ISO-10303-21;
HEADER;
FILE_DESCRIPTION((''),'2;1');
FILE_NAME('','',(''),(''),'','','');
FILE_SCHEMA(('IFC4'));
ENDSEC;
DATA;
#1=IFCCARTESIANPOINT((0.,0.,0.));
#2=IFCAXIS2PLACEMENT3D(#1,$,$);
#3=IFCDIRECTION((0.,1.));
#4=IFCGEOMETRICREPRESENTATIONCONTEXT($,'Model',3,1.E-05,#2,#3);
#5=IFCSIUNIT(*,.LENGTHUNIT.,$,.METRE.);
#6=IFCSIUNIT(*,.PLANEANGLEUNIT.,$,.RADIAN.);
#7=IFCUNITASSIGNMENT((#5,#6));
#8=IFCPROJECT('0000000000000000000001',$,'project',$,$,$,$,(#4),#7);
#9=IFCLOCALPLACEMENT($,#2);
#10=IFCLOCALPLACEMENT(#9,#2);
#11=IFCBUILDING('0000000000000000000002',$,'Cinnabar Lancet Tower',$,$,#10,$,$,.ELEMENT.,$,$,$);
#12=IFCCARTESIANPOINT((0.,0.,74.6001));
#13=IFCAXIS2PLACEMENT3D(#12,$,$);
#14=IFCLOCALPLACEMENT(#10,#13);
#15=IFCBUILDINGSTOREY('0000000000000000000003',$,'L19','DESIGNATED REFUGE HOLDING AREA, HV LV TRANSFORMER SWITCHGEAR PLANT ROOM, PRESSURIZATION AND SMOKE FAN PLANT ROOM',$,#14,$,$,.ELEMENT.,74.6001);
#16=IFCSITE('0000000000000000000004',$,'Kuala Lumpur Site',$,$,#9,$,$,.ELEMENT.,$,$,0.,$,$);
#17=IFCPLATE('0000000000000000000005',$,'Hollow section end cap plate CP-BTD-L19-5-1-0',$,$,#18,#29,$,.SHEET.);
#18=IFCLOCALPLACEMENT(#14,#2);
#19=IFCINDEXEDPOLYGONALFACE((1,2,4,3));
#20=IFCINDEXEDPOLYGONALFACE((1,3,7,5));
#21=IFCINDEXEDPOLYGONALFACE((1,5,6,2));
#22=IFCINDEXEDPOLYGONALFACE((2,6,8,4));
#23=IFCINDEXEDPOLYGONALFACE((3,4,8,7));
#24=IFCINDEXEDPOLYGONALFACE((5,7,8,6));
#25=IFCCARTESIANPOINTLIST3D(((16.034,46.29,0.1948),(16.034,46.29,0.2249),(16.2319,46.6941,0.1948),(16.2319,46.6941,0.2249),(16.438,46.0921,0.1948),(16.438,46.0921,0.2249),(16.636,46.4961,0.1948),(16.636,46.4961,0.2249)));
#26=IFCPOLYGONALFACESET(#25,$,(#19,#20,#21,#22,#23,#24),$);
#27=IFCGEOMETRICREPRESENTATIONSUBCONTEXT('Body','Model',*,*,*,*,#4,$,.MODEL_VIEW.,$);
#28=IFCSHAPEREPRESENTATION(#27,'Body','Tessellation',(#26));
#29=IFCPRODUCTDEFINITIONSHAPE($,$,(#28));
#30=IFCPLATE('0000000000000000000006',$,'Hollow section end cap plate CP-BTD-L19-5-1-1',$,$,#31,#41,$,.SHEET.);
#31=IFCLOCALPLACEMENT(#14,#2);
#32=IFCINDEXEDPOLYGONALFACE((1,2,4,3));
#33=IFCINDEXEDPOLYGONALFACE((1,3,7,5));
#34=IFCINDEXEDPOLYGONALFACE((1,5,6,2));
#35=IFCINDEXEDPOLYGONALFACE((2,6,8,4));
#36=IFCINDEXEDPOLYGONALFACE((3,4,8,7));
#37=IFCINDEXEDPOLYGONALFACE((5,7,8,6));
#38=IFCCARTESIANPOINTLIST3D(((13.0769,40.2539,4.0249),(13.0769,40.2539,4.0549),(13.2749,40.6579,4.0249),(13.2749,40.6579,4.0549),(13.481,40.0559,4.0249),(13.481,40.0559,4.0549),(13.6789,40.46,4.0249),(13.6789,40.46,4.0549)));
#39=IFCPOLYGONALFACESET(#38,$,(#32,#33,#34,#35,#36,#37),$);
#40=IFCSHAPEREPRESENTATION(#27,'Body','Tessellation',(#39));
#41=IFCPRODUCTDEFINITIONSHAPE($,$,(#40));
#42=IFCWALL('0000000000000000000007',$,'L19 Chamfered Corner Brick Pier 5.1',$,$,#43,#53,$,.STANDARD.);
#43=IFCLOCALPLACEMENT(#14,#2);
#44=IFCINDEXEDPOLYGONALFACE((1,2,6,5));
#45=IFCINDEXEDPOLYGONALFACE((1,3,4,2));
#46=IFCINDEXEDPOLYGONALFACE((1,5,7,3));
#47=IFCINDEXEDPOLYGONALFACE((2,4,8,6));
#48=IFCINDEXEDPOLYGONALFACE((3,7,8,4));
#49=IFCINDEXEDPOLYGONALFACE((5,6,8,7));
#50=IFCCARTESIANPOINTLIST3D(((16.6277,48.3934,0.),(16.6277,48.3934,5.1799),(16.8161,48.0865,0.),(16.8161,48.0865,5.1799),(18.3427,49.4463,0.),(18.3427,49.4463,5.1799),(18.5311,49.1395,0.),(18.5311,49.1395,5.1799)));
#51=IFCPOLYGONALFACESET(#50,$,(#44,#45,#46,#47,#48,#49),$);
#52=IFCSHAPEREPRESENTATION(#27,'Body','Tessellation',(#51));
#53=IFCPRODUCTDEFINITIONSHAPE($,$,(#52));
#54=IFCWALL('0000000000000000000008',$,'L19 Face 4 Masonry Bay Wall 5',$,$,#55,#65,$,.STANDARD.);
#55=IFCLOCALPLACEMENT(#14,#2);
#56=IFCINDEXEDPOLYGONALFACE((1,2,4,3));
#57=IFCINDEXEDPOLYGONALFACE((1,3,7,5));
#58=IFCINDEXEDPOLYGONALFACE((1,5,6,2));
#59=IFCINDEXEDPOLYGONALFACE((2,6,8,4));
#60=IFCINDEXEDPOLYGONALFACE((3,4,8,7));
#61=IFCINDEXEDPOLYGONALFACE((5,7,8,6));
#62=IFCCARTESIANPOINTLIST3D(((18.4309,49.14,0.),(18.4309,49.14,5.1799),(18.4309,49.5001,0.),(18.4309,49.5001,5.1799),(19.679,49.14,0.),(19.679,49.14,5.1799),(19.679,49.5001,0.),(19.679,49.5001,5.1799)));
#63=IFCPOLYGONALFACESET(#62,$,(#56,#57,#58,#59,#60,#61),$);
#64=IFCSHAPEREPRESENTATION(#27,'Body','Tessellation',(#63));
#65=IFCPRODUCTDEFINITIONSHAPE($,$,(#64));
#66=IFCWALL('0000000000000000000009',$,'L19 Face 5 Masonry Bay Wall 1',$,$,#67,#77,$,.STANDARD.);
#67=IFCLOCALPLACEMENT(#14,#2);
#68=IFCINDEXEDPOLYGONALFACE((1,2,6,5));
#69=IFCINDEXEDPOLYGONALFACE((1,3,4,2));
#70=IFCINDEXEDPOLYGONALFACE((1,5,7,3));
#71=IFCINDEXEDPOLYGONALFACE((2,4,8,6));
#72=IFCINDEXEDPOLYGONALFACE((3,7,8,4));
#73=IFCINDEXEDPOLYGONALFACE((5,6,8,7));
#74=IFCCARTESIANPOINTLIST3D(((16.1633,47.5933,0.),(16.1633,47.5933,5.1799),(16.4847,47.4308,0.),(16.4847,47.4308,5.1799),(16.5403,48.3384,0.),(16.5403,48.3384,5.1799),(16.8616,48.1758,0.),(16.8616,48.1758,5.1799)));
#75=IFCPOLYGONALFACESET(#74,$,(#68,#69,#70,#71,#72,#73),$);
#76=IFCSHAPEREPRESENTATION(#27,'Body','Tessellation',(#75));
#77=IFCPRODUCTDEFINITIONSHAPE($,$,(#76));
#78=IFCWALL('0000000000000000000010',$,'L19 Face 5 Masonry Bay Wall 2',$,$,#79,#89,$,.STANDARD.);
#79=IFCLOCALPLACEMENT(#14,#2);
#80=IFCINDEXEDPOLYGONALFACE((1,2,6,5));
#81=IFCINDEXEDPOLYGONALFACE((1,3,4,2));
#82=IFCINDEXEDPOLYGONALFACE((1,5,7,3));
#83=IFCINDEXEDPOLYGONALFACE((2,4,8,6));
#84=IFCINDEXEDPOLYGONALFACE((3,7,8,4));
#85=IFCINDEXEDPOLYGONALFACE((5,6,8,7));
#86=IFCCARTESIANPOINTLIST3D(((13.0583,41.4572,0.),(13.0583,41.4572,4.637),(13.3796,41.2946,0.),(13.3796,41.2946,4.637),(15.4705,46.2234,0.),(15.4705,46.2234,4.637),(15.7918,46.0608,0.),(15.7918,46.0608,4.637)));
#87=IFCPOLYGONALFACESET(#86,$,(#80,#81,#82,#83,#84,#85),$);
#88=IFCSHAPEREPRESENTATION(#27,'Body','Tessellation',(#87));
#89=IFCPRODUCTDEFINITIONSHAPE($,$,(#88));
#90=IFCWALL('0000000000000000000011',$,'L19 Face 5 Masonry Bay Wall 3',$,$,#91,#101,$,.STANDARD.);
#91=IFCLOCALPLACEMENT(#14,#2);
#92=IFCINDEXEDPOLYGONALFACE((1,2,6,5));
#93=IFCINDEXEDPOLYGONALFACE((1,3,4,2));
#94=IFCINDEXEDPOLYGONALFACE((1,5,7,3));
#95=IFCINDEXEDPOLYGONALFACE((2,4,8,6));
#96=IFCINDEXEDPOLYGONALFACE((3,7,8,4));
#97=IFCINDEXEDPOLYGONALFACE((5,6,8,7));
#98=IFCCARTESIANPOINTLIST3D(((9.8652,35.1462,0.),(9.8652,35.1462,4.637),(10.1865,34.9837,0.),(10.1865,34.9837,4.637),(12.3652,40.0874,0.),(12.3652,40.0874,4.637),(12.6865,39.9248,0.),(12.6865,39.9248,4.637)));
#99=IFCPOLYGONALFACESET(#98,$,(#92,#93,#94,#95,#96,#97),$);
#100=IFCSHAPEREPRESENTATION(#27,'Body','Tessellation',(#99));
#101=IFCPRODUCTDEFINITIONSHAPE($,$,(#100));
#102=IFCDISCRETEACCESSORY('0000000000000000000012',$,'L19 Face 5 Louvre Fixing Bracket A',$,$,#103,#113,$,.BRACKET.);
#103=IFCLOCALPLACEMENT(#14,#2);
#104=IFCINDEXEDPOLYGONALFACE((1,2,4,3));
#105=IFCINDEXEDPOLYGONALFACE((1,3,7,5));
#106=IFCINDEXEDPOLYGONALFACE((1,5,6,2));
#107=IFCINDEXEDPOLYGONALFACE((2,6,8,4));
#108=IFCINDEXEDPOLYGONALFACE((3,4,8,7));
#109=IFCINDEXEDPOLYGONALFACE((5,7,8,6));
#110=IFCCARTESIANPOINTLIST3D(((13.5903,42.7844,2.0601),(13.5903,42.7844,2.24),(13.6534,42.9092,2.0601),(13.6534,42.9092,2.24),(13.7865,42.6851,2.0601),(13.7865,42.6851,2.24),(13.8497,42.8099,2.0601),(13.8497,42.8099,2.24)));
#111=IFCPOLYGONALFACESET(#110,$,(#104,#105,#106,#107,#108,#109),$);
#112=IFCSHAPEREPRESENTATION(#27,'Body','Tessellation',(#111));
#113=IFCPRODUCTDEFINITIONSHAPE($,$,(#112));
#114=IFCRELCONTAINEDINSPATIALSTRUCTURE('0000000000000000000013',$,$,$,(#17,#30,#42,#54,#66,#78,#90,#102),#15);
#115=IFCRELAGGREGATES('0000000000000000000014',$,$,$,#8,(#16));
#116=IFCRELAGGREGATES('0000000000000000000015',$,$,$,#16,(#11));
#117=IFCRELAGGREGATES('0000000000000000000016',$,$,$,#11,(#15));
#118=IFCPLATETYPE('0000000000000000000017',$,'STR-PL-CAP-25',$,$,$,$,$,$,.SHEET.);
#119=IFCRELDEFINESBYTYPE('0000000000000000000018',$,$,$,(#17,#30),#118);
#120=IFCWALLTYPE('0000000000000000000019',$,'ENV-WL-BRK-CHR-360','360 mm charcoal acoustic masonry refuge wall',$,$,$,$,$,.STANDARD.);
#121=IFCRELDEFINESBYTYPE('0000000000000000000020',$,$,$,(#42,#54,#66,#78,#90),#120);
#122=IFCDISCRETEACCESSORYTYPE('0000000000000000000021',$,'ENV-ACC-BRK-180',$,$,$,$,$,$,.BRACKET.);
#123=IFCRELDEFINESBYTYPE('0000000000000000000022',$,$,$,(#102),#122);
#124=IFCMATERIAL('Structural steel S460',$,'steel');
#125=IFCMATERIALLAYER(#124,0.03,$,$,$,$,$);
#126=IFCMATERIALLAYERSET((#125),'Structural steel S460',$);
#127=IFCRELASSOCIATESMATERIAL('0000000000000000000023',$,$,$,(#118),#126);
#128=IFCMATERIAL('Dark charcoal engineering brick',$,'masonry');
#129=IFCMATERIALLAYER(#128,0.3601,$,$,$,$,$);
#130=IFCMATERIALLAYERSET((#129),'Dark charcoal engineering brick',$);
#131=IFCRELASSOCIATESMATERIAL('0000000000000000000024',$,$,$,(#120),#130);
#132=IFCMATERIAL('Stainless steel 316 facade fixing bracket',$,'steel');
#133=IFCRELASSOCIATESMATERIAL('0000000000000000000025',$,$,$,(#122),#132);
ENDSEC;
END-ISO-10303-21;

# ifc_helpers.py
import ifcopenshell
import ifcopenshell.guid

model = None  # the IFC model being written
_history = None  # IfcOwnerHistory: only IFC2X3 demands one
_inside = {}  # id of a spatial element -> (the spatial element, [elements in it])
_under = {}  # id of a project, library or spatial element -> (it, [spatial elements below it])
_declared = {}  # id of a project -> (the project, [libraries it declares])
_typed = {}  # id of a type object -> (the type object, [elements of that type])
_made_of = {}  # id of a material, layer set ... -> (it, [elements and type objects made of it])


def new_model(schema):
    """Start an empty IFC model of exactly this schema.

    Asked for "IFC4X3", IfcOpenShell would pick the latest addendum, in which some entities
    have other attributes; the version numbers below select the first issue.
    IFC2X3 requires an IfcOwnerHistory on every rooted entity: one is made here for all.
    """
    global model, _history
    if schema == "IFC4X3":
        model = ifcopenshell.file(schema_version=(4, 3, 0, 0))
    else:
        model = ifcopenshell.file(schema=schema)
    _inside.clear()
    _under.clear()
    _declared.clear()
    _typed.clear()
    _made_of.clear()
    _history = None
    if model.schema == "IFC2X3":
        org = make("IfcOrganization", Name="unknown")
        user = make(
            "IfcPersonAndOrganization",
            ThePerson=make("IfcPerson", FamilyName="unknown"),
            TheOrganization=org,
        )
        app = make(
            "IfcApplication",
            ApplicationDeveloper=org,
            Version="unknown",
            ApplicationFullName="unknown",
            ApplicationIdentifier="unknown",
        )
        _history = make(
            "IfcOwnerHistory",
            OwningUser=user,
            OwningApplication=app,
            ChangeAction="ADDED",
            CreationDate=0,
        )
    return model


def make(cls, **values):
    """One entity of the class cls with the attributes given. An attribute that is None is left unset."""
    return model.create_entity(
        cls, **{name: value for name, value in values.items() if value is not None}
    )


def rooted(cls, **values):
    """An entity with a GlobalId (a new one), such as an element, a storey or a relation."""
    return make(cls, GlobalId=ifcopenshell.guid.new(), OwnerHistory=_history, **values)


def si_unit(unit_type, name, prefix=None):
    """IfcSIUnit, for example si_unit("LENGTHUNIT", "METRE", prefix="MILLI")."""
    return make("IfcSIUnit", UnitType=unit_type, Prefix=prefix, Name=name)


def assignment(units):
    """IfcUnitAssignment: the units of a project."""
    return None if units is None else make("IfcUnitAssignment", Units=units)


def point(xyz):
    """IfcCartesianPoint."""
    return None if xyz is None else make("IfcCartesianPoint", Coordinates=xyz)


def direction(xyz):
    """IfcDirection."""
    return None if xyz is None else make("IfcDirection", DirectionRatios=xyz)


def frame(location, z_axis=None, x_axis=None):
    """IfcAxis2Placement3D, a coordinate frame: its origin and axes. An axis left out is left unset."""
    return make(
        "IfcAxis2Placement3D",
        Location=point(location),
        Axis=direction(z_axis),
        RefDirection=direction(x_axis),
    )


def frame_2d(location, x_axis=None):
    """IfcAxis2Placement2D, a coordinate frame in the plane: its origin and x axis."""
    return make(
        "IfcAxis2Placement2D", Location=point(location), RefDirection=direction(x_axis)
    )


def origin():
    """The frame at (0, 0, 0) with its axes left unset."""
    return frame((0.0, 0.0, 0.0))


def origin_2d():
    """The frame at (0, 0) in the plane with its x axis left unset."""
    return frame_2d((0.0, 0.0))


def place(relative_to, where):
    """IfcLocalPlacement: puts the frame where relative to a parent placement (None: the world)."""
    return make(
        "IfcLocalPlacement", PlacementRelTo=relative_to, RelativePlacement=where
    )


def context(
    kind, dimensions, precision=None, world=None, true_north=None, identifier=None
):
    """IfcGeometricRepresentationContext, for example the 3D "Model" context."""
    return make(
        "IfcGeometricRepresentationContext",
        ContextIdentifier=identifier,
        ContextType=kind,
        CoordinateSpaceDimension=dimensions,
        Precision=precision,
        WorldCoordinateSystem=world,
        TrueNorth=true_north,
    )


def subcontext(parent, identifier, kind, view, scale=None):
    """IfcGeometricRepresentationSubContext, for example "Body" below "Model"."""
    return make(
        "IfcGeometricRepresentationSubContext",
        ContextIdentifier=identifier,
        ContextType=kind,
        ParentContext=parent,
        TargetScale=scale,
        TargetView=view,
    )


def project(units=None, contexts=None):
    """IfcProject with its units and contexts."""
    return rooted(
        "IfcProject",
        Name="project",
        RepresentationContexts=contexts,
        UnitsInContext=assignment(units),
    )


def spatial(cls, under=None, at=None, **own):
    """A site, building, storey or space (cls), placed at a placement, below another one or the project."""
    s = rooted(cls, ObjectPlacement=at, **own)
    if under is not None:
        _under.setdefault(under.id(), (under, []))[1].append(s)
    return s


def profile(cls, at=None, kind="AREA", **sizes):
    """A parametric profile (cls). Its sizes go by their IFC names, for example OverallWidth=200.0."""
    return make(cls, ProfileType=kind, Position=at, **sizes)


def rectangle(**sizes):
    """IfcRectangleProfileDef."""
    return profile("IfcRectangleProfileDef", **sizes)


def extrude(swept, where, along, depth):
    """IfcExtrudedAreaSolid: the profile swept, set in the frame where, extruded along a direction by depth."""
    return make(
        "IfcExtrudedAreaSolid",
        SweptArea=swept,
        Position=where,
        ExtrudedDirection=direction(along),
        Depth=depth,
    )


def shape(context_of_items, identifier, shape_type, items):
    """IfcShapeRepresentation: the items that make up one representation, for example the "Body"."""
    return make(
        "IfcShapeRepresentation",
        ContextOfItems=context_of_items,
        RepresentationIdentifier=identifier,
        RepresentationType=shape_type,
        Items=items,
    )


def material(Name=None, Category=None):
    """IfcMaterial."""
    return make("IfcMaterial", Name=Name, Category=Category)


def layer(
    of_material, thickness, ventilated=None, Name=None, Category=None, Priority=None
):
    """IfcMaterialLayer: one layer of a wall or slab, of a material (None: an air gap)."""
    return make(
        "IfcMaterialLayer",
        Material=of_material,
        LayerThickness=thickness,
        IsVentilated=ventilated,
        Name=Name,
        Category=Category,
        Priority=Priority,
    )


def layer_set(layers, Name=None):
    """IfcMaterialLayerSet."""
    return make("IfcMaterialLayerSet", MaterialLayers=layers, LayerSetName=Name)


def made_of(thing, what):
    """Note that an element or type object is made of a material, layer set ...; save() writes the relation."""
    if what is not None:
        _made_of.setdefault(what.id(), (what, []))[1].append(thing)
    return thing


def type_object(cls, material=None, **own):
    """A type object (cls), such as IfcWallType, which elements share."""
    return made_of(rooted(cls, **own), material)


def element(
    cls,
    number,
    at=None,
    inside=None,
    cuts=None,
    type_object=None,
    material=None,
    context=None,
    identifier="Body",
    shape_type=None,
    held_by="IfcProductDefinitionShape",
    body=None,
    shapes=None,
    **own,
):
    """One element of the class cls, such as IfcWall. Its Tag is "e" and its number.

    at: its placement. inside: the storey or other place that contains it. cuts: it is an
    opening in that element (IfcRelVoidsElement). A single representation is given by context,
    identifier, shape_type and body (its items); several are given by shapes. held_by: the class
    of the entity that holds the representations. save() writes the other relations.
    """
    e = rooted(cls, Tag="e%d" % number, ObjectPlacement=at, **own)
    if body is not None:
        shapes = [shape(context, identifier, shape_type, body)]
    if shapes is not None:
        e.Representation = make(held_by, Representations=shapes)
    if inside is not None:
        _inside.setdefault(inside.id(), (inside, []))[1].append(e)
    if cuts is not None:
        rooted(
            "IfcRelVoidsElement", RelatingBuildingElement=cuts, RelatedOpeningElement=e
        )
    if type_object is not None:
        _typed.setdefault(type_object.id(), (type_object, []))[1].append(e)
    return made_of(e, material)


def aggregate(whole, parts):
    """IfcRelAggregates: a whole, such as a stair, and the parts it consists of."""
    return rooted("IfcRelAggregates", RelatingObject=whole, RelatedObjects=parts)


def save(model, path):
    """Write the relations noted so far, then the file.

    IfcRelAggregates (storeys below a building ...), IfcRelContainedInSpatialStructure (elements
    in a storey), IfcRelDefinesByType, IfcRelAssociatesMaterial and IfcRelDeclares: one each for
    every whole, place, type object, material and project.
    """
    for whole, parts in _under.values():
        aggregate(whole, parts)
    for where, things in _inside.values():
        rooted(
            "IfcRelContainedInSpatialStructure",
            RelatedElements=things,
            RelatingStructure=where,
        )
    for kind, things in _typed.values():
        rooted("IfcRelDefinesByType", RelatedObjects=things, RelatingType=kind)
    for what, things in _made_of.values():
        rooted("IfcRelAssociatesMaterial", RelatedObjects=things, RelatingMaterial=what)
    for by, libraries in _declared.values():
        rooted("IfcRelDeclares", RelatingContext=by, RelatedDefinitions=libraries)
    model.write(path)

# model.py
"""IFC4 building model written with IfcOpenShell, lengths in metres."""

from ifc_helpers import new_model, si_unit, direction, frame, frame_2d, origin, origin_2d, place, context, subcontext, project, spatial, rectangle, extrude, material, layer, layer_set, type_object, element, save


model = new_model("IFC4")

# Units and contexts
model_context = context("Model", 3, precision=1e-05, world=origin(), true_north=direction((0.0, 1.0)))
body_context = subcontext(model_context, "Body", "Model", "MODEL_VIEW")
ifc_project = project(units=[si_unit("LENGTHUNIT", "METRE"), si_unit("PLANEANGLEUNIT", "RADIAN")], contexts=[model_context])

# Site, building, storey
site_placement = place(None, origin())
site = spatial("IfcSite", under=ifc_project, at=site_placement, Name="Kuala Lumpur Site", CompositionType="ELEMENT", RefElevation=0.0)
building_placement = place(site_placement, origin())
building = spatial("IfcBuilding", under=site, at=building_placement, Name="Cinnabar Lancet Tower", CompositionType="ELEMENT")
storey_placement = place(building_placement, frame((0.0, 0.0, 74.6001)))
storey = spatial("IfcBuildingStorey", under=building, at=storey_placement, Name="L19", Description="DESIGNATED REFUGE HOLDING AREA, HV LV TRANSFORMER SWITCHGEAR PLANT ROOM, PRESSURIZATION AND SMOKE FAN PLANT ROOM", CompositionType="ELEMENT", Elevation=74.6001)

# Plates
ifc_material_1 = material(Name="Structural steel S460", Category="steel")
ifc_layer_1 = layer(ifc_material_1, 0.03)
ifc_layer_set_1 = layer_set([ifc_layer_1], Name="Structural steel S460")
plate_type = type_object("IfcPlateType", Name="STR-PL-CAP-25", PredefinedType="SHEET", material=ifc_layer_set_1)
for number, where, z_axis, x_axis, name in (
    (1, (16.335, 46.3931, 0.1948), (0.0, 0.0, 1.0), (0.439939, 0.898028, 0.0), "Hollow section end cap plate CP-BTD-L19-5-1-0"),
    (2, (13.3779, 40.3569, 4.0249), (0.0, 0.0, 1.0), (-0.439939, -0.898028, 0.0), "Hollow section end cap plate CP-BTD-L19-5-1-1"),
):
    element("IfcPlate", number, at=place(storey_placement, frame(where, z_axis=z_axis, x_axis=x_axis)), inside=storey, type_object=plate_type, Name=name, PredefinedType="SHEET", context=body_context, shape_type="SweptSolid", body=[
        extrude(rectangle(XDim=0.45, YDim=0.45, at=origin_2d()), origin(), (0.0, 0.0, 1.0), 0.03),
    ])

# Walls
ifc_material_2 = material(Name="Dark charcoal engineering brick", Category="masonry")
ifc_layer_2 = layer(ifc_material_2, 0.3601)
ifc_layer_set_2 = layer_set([ifc_layer_2], Name="Dark charcoal engineering brick")
wall_type = type_object("IfcWallType", Name="ENV-WL-BRK-CHR-360", Description="360 mm charcoal acoustic masonry refuge wall", PredefinedType="STANDARD", material=ifc_layer_set_2)
wall_1_placement = place(storey_placement, frame((18.437, 49.293, 0.0), z_axis=(0.0, 0.0, 1.0), x_axis=(-0.852203, -0.52321, 0.0)))
element("IfcWall", 3, at=wall_1_placement, inside=storey, type_object=wall_type, Name="L19 Chamfered Corner Brick Pier 5.1", PredefinedType="STANDARD", context=body_context, shape_type="SweptSolid", body=[
    extrude(rectangle(XDim=2.0125, YDim=0.3601, at=frame_2d((1.0063, 0.0))), origin(), (0.0, 0.0, 1.0), 5.1799),
])
wall_2_placement = place(storey_placement, frame((19.679, 49.3201, 0.0), z_axis=(0.0, 0.0, 1.0), x_axis=(-1.0, 0.0, 0.0)))
element("IfcWall", 4, at=wall_2_placement, inside=storey, type_object=wall_type, Name="L19 Face 4 Masonry Bay Wall 5", PredefinedType="STANDARD", context=body_context, shape_type="SweptSolid", body=[
    extrude(rectangle(XDim=1.248, YDim=0.3601, at=frame_2d((0.624, 0.0))), origin(), (0.0, 0.0, 1.0), 5.1799),
])
wall_3_placement = place(storey_placement, frame((16.7009, 48.2571, 0.0), z_axis=(0.0, 0.0, 1.0), x_axis=(-0.451419, -0.892312, 0.0)))
element("IfcWall", 5, at=wall_3_placement, inside=storey, type_object=wall_type, Name="L19 Face 5 Masonry Bay Wall 1", PredefinedType="STANDARD", context=body_context, shape_type="SweptSolid", body=[
    extrude(rectangle(XDim=0.835, YDim=0.3601, at=frame_2d((0.4175, 0.0))), origin(), (0.0, 0.0, 1.0), 5.1799),
])
wall_4_placement = place(storey_placement, frame((15.6311, 46.1421, 0.0), z_axis=(0.0, 0.0, 1.0), x_axis=(-0.451559, -0.892241, 0.0)))
element("IfcWall", 6, at=wall_4_placement, inside=storey, type_object=wall_type, Name="L19 Face 5 Masonry Bay Wall 2", PredefinedType="STANDARD", context=body_context, shape_type="SweptSolid", body=[
    extrude(rectangle(XDim=5.3418, YDim=0.3601, at=frame_2d((2.6709, 0.0))), origin(), (0.0, 0.0, 1.0), 4.637),
])
wall_5_placement = place(storey_placement, frame((12.5259, 40.0061, 0.0), z_axis=(0.0, 0.0, 1.0), x_axis=(-0.451459, -0.892292, 0.0)))
element("IfcWall", 7, at=wall_5_placement, inside=storey, type_object=wall_type, Name="L19 Face 5 Masonry Bay Wall 3", PredefinedType="STANDARD", context=body_context, shape_type="SweptSolid", body=[
    extrude(rectangle(XDim=5.5376, YDim=0.3601, at=frame_2d((2.7688, 0.0))), origin(), (0.0, 0.0, 1.0), 4.637),
])

# Discrete accessory
ifc_material_3 = material(Name="Stainless steel 316 facade fixing bracket", Category="steel")
discrete_accessory_type = type_object("IfcDiscreteAccessoryType", Name="ENV-ACC-BRK-180", PredefinedType="BRACKET", material=ifc_material_3)
discrete_accessory_placement = place(storey_placement, frame((13.72, 42.7971, 2.0601), z_axis=(0.0, 0.0, 1.0), x_axis=(-0.451469, -0.892287, 0.0)))
element("IfcDiscreteAccessory", 8, at=discrete_accessory_placement, inside=storey, type_object=discrete_accessory_type, Name="L19 Face 5 Louvre Fixing Bracket A", PredefinedType="BRACKET", context=body_context, shape_type="SweptSolid", body=[
    extrude(rectangle(XDim=0.1399, YDim=0.22, at=origin_2d()), origin(), (0.0, 0.0, 1.0), 0.1799),
])

save(model, "model.ifc")
